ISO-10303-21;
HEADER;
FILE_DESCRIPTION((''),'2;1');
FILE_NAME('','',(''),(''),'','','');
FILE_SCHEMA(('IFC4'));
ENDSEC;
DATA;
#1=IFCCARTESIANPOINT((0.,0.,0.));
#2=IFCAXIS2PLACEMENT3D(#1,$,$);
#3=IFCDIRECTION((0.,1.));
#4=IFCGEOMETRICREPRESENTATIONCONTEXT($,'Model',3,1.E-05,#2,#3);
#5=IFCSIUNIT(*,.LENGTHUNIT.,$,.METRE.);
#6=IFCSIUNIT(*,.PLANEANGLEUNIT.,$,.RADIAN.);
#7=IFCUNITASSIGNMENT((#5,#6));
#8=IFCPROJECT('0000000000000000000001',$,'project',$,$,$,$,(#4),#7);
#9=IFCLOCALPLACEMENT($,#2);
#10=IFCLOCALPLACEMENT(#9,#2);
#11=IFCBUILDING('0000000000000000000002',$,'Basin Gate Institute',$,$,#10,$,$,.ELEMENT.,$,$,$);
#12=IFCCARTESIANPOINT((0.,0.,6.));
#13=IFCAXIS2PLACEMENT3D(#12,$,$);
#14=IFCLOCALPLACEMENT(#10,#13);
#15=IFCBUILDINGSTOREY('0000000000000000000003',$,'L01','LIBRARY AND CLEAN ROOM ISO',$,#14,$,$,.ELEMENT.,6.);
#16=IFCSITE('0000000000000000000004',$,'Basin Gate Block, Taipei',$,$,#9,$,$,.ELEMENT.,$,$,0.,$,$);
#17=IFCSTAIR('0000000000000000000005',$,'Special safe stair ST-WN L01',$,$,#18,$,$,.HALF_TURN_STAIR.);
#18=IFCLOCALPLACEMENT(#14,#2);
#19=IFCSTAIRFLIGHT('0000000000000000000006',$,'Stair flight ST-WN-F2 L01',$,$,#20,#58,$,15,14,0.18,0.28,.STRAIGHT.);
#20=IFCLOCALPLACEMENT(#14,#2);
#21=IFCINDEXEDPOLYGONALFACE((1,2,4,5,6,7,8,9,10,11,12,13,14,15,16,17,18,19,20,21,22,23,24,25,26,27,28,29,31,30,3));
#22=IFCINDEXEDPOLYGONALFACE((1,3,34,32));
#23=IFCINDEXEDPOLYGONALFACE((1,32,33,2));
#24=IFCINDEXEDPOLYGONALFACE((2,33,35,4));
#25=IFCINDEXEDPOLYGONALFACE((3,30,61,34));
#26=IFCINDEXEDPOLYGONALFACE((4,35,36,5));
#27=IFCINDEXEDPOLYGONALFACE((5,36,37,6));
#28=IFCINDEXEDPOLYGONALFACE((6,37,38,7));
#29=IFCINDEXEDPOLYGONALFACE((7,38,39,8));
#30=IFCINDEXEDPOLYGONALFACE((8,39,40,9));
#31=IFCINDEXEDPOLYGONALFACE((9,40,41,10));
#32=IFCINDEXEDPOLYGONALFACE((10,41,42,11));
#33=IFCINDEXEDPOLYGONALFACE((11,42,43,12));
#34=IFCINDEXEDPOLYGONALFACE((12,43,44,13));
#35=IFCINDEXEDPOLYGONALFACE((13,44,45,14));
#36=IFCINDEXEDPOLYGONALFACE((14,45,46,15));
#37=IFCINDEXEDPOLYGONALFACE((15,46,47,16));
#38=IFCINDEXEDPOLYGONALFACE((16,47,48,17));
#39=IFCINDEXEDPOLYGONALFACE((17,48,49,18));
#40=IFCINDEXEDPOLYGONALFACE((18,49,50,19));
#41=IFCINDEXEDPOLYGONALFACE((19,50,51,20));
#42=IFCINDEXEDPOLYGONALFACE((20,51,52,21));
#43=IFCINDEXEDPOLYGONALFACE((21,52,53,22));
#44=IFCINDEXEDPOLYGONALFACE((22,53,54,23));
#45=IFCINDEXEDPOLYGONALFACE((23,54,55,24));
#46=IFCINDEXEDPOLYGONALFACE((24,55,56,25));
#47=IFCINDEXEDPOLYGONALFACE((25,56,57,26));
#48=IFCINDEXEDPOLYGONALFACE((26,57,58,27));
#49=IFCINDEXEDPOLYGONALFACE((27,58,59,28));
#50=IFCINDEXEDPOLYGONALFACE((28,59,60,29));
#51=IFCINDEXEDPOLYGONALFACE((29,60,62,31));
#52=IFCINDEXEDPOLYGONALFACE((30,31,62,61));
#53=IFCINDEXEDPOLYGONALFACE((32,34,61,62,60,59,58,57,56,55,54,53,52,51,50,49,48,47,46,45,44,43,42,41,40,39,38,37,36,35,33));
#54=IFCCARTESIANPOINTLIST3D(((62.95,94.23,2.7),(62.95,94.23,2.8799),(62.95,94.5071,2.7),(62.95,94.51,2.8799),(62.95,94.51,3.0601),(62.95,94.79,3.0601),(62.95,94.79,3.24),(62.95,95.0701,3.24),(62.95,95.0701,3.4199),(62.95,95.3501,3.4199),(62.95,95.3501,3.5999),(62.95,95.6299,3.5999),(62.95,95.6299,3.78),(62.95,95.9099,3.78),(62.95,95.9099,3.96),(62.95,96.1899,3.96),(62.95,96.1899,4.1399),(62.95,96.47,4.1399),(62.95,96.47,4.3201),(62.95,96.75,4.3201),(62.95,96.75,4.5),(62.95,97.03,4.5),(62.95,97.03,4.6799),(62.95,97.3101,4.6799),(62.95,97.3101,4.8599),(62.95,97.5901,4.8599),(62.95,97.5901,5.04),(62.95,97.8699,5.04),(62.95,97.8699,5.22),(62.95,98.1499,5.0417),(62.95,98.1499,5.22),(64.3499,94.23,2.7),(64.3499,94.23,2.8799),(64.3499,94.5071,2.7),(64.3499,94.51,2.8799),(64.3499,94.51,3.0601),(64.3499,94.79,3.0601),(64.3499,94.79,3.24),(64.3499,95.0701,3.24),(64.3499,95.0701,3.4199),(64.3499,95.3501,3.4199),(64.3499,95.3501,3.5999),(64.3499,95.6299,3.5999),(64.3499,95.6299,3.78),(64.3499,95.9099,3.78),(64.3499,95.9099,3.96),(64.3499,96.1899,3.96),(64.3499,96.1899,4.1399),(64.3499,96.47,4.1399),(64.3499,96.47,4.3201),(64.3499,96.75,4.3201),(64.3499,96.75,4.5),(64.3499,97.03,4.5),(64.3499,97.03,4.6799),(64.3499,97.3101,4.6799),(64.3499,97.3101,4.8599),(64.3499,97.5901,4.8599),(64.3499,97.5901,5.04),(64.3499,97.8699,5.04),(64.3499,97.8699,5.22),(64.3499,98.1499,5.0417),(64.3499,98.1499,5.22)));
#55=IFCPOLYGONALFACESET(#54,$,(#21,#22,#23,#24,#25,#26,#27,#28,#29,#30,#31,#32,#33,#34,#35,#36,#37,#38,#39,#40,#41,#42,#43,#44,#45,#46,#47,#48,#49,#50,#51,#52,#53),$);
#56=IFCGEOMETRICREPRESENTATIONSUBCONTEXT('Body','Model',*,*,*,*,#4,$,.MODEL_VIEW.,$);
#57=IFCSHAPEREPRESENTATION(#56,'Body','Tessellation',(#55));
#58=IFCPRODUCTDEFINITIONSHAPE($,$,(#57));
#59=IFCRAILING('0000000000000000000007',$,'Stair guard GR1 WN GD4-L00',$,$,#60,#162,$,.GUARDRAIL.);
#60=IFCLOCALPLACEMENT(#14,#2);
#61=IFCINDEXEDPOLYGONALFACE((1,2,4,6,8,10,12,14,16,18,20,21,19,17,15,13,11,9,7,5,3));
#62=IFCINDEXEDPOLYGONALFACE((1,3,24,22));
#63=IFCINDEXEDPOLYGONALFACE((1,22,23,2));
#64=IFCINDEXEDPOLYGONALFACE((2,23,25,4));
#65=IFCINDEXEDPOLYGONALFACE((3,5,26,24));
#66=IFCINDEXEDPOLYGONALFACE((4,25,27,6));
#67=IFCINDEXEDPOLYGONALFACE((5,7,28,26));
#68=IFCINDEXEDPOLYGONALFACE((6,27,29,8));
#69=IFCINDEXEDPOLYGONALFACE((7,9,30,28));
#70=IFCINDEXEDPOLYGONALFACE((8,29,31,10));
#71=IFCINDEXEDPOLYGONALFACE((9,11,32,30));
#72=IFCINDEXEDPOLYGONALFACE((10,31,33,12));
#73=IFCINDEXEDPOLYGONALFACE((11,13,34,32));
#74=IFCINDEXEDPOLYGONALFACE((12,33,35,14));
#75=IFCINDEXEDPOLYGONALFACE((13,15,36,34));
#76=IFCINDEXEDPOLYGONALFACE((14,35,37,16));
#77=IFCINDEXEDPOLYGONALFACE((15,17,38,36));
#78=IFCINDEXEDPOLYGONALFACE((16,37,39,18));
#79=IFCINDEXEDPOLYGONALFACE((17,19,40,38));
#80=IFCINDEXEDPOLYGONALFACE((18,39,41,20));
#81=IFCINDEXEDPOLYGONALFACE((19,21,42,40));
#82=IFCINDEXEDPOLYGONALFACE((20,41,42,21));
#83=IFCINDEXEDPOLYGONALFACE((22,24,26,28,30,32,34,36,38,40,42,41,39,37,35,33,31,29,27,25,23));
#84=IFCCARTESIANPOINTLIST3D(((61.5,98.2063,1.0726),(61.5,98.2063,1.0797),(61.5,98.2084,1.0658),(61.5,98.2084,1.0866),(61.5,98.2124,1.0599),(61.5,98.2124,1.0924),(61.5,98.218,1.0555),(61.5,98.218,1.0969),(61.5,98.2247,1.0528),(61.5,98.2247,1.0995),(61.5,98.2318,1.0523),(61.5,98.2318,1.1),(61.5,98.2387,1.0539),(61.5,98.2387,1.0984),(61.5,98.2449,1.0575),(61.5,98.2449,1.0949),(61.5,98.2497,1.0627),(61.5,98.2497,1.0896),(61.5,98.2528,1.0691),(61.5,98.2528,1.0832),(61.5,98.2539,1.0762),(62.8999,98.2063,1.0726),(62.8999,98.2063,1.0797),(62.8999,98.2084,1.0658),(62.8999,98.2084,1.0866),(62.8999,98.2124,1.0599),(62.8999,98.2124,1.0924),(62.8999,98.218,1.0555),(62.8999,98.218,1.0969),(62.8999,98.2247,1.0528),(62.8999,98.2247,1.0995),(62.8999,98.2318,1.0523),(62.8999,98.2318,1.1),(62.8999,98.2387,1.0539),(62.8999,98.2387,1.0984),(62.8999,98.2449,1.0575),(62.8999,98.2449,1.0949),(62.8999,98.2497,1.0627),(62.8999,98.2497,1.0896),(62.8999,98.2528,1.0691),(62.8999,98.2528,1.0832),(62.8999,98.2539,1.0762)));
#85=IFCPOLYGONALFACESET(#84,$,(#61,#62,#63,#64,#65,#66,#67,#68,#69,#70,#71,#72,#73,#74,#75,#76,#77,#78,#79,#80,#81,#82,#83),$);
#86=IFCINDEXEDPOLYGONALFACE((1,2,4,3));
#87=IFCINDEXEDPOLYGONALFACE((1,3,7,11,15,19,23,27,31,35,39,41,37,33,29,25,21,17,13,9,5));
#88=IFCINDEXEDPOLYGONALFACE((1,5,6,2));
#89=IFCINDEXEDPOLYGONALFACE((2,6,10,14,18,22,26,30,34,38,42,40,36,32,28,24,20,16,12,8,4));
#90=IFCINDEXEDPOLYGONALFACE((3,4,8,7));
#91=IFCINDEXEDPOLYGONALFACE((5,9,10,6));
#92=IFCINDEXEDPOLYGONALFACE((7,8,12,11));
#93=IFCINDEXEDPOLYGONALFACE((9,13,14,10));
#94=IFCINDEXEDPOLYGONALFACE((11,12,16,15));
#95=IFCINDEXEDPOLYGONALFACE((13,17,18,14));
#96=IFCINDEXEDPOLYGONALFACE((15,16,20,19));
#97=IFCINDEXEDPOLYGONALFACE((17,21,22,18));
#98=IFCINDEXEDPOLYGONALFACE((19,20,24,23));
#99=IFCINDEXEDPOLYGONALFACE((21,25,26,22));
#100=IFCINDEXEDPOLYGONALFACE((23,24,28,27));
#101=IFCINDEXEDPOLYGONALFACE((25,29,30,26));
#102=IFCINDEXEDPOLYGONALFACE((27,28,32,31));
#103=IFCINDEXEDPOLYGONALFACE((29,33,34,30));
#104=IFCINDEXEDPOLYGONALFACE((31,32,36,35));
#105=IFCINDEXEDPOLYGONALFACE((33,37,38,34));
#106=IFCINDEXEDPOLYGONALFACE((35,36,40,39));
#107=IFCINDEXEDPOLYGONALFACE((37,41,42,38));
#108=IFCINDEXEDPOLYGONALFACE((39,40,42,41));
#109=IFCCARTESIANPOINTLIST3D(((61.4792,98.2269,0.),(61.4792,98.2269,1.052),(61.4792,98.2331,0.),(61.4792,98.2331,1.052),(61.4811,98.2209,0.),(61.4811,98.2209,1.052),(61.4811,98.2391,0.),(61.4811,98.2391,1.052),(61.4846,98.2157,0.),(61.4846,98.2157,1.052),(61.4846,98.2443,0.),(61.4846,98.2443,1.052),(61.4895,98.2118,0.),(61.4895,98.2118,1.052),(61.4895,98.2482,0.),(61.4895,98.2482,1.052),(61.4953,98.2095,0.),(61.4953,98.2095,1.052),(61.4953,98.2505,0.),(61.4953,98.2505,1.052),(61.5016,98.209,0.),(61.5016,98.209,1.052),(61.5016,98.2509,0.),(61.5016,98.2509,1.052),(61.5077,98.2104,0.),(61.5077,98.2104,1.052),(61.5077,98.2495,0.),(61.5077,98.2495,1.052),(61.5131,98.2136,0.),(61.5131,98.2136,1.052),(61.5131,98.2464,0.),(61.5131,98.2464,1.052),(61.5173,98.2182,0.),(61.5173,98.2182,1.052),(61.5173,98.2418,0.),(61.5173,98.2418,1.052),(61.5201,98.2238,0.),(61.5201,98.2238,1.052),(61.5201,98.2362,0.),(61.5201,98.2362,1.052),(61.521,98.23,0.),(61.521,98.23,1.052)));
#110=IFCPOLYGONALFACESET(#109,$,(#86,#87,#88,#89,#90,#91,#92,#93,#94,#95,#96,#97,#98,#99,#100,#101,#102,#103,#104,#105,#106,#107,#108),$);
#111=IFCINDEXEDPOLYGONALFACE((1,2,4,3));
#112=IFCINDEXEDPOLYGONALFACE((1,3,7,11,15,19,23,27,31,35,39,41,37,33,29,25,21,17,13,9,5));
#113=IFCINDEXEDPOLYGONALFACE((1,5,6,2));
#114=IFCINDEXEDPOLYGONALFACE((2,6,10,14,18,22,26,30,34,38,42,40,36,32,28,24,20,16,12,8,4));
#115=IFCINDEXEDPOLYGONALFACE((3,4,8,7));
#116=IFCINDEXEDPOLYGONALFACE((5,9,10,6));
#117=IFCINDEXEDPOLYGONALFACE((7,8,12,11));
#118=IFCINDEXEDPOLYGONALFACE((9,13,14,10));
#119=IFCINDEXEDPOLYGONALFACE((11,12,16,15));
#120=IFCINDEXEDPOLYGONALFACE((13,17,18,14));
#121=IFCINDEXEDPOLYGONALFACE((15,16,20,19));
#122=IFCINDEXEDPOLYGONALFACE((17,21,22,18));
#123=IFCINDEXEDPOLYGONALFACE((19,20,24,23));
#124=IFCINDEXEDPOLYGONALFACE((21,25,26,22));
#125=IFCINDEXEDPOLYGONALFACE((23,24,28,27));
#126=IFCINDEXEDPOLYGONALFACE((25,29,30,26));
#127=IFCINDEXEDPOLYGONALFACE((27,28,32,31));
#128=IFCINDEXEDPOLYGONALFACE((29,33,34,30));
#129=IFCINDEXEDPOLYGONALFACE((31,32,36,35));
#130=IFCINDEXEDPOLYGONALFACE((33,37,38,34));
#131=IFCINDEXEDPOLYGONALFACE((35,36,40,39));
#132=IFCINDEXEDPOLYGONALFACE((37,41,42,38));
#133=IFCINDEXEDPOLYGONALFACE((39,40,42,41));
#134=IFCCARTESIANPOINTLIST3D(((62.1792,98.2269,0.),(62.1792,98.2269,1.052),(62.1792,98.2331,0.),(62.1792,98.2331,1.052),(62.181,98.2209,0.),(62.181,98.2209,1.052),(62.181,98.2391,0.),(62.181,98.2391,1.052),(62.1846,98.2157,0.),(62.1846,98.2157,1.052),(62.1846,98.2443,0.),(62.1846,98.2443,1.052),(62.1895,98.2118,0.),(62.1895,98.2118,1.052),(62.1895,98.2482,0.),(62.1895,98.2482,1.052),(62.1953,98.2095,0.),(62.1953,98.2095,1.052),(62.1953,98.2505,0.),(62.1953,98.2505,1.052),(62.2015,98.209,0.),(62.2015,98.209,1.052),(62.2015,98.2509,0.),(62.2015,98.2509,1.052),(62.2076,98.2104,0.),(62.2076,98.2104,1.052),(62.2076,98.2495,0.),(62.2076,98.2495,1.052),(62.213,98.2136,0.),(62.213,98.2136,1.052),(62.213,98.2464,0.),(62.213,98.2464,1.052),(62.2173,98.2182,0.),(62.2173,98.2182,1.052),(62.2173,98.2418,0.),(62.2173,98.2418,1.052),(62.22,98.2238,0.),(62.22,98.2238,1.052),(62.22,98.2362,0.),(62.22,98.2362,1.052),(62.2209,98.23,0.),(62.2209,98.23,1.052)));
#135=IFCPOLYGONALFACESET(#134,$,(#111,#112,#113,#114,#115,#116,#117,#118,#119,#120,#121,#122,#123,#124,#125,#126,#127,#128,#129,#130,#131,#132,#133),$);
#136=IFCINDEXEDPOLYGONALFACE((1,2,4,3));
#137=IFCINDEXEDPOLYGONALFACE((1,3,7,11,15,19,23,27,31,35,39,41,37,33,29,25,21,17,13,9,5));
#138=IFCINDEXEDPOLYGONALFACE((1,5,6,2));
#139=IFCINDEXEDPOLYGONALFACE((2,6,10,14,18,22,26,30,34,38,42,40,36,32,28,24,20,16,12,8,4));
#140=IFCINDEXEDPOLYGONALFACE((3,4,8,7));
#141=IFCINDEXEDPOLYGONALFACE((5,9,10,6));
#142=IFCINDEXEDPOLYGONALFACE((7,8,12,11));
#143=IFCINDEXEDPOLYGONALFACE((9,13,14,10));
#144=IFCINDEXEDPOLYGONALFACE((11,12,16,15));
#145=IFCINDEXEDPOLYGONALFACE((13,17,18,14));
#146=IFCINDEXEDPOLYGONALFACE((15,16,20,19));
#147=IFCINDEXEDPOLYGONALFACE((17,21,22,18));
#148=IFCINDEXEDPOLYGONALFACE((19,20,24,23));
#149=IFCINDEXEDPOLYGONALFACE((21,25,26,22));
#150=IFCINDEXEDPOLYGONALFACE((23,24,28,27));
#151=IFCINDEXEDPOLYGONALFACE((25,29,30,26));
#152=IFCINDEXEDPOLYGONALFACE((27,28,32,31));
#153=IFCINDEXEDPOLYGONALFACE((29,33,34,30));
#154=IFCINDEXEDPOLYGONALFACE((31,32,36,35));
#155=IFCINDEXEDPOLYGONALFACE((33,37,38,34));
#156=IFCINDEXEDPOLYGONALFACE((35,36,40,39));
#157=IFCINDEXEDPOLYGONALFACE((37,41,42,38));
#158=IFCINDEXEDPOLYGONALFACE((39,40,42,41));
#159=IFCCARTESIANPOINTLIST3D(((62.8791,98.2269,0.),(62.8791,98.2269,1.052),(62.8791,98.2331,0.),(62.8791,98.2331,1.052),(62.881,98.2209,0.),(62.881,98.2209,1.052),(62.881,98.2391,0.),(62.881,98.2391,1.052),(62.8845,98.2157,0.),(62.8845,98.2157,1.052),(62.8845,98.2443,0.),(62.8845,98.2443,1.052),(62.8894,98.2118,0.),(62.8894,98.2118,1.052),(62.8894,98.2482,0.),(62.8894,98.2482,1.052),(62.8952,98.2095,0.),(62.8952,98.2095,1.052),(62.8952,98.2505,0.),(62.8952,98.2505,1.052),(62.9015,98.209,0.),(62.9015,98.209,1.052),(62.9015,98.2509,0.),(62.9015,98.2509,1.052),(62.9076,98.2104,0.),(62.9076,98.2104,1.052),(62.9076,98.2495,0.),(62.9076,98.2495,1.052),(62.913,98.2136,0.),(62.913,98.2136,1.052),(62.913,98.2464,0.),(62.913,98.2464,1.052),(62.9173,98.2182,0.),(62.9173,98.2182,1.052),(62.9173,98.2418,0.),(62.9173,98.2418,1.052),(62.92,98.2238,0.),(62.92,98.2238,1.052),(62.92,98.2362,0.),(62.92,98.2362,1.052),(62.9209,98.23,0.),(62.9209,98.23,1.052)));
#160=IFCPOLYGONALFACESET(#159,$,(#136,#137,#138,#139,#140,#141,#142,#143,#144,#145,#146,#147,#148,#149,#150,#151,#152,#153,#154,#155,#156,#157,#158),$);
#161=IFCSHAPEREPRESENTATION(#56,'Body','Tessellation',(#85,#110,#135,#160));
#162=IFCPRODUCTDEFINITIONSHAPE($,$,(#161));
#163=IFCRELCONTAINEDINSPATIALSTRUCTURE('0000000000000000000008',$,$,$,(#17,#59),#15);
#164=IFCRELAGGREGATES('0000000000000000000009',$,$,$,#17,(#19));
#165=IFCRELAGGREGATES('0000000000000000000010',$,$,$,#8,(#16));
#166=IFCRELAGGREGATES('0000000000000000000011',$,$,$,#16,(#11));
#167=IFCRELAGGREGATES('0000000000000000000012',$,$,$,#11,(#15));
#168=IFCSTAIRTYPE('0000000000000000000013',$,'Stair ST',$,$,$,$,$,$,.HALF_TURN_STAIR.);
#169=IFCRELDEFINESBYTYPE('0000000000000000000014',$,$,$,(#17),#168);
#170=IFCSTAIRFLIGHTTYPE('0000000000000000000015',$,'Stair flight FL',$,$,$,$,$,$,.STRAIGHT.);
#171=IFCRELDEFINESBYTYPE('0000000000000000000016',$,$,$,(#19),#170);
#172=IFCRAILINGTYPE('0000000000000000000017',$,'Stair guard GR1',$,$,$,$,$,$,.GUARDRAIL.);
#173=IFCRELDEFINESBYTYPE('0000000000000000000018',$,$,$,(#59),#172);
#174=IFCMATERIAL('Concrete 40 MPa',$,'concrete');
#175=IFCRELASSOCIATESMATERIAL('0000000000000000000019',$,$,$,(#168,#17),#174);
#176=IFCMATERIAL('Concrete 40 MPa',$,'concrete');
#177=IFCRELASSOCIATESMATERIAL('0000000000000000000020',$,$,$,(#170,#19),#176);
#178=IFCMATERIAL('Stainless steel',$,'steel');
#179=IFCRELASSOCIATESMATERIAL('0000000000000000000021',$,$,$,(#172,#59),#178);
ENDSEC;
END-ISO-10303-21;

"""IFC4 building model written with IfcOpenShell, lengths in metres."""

from ifc_helpers import new_model, si_unit, direction, frame, origin, origin_2d, place, context, subcontext, project, spatial, polyline, circle, outline, extrude, material, type_object, element, aggregate, save


model = new_model("IFC4")

# Units and contexts
model_context = context("Model", 3, precision=1e-05, world=origin(), true_north=direction((0.0, 1.0)))
body_context = subcontext(model_context, "Body", "Model", "MODEL_VIEW")
ifc_project = project(units=[si_unit("LENGTHUNIT", "METRE"), si_unit("PLANEANGLEUNIT", "RADIAN")], contexts=[model_context])

# Site, building, storey
site_placement = place(None, origin())
site = spatial("IfcSite", under=ifc_project, at=site_placement, Name="Basin Gate Block, Taipei", CompositionType="ELEMENT", RefElevation=0.0)
building_placement = place(site_placement, origin())
building = spatial("IfcBuilding", under=site, at=building_placement, Name="Basin Gate Institute", CompositionType="ELEMENT")
storey_placement = place(building_placement, frame((0.0, 0.0, 6.0)))
storey = spatial("IfcBuildingStorey", under=building, at=storey_placement, Name="L01", Description="LIBRARY AND CLEAN ROOM ISO", CompositionType="ELEMENT", Elevation=6.0)

# Stair, stair flight
ifc_material_1 = material(Name="Concrete 40 MPa", Category="concrete")
stair_type = type_object("IfcStairType", Name="Stair ST", PredefinedType="HALF_TURN_STAIR", material=ifc_material_1)
stair_placement = place(storey_placement, origin())
stair = element("IfcStair", 1, at=stair_placement, inside=storey, type_object=stair_type, material=ifc_material_1, Name="Special safe stair ST-WN L01", PredefinedType="HALF_TURN_STAIR")
ifc_material_2 = material(Name="Concrete 40 MPa", Category="concrete")
stair_flight_type = type_object("IfcStairFlightType", Name="Stair flight FL", PredefinedType="STRAIGHT", material=ifc_material_2)
stair_flight_1_placement = place(storey_placement, frame((63.6499, 94.23, 2.7), z_axis=(0.0, 0.0, 1.0), x_axis=(0.0, 1.0, 0.0)))
stair_flight_1 = element("IfcStairFlight", 2, at=stair_flight_1_placement, type_object=stair_flight_type, material=ifc_material_2, Name="Stair flight ST-WN-F2 L01", NumberOfRisers=15, NumberOfTreads=14, PredefinedType="STRAIGHT", RiserHeight=0.18, TreadLength=0.28, context=body_context, shape_type="SweptSolid", body=[
    extrude(outline(polyline([(0.0, 0.0), (0.0, 0.1799), (0.28, 0.1799), (0.28, 0.3601), (0.5601, 0.3601), (0.5601, 0.54), (0.8401, 0.54), (0.8401, 0.72), (1.1201, 0.72), (1.1201, 0.8999), (1.3999, 0.8999), (1.3999, 1.0801), (1.6799, 1.0801), (1.6799, 1.26), (1.96, 1.26), (1.96, 1.4399), (2.24, 1.4399), (2.24, 1.6201), (2.52, 1.6201), (2.52, 1.8), (2.8, 1.8), (2.8, 1.98), (3.0801, 1.98), (3.0801, 2.1599), (3.3601, 2.1599), (3.3601, 2.3401), (3.6399, 2.3401), (3.6399, 2.52), (3.9199, 2.52), (3.9199, 2.7), (3.9199, 2.3418), (0.2771, 0.0), (0.0, 0.0)])), frame((0.0, 0.7, 0.0), z_axis=(0.0, -1.0, 0.0), x_axis=(1.0, 0.0, 0.0)), (0.0, 0.0, 1.0), 1.3999),
])
aggregate(stair, [stair_flight_1])

# Railing
ifc_material_3 = material(Name="Stainless steel", Category="steel")
railing_type_1 = type_object("IfcRailingType", Name="Stair guard GR1", PredefinedType="GUARDRAIL", material=ifc_material_3)
railing_1_placement = place(storey_placement, frame((61.5, 98.23, 0.0)))
element("IfcRailing", 3, at=railing_1_placement, inside=storey, type_object=railing_type_1, material=ifc_material_3, Name="Stair guard GR1 WN GD4-L00", PredefinedType="GUARDRAIL", context=body_context, shape_type="SweptSolid", body=[
    extrude(circle(Radius=0.0239, at=origin_2d()), frame((0.0, 0.0, 1.0762), z_axis=(1.0, 0.0, 0.0), x_axis=(0.0, 1.0, 0.0)), (0.0, 0.0, 1.0), 1.3999),
    extrude(circle(Radius=0.021, at=origin_2d()), origin(), (0.0, 0.0, 1.0), 1.052),
    extrude(circle(Radius=0.021, at=origin_2d()), frame((0.7, 0.0, 0.0)), (0.0, 0.0, 1.0), 1.052),
    extrude(circle(Radius=0.021, at=origin_2d()), frame((1.3999, 0.0, 0.0)), (0.0, 0.0, 1.0), 1.052),
])

save(model, "model.ifc")
